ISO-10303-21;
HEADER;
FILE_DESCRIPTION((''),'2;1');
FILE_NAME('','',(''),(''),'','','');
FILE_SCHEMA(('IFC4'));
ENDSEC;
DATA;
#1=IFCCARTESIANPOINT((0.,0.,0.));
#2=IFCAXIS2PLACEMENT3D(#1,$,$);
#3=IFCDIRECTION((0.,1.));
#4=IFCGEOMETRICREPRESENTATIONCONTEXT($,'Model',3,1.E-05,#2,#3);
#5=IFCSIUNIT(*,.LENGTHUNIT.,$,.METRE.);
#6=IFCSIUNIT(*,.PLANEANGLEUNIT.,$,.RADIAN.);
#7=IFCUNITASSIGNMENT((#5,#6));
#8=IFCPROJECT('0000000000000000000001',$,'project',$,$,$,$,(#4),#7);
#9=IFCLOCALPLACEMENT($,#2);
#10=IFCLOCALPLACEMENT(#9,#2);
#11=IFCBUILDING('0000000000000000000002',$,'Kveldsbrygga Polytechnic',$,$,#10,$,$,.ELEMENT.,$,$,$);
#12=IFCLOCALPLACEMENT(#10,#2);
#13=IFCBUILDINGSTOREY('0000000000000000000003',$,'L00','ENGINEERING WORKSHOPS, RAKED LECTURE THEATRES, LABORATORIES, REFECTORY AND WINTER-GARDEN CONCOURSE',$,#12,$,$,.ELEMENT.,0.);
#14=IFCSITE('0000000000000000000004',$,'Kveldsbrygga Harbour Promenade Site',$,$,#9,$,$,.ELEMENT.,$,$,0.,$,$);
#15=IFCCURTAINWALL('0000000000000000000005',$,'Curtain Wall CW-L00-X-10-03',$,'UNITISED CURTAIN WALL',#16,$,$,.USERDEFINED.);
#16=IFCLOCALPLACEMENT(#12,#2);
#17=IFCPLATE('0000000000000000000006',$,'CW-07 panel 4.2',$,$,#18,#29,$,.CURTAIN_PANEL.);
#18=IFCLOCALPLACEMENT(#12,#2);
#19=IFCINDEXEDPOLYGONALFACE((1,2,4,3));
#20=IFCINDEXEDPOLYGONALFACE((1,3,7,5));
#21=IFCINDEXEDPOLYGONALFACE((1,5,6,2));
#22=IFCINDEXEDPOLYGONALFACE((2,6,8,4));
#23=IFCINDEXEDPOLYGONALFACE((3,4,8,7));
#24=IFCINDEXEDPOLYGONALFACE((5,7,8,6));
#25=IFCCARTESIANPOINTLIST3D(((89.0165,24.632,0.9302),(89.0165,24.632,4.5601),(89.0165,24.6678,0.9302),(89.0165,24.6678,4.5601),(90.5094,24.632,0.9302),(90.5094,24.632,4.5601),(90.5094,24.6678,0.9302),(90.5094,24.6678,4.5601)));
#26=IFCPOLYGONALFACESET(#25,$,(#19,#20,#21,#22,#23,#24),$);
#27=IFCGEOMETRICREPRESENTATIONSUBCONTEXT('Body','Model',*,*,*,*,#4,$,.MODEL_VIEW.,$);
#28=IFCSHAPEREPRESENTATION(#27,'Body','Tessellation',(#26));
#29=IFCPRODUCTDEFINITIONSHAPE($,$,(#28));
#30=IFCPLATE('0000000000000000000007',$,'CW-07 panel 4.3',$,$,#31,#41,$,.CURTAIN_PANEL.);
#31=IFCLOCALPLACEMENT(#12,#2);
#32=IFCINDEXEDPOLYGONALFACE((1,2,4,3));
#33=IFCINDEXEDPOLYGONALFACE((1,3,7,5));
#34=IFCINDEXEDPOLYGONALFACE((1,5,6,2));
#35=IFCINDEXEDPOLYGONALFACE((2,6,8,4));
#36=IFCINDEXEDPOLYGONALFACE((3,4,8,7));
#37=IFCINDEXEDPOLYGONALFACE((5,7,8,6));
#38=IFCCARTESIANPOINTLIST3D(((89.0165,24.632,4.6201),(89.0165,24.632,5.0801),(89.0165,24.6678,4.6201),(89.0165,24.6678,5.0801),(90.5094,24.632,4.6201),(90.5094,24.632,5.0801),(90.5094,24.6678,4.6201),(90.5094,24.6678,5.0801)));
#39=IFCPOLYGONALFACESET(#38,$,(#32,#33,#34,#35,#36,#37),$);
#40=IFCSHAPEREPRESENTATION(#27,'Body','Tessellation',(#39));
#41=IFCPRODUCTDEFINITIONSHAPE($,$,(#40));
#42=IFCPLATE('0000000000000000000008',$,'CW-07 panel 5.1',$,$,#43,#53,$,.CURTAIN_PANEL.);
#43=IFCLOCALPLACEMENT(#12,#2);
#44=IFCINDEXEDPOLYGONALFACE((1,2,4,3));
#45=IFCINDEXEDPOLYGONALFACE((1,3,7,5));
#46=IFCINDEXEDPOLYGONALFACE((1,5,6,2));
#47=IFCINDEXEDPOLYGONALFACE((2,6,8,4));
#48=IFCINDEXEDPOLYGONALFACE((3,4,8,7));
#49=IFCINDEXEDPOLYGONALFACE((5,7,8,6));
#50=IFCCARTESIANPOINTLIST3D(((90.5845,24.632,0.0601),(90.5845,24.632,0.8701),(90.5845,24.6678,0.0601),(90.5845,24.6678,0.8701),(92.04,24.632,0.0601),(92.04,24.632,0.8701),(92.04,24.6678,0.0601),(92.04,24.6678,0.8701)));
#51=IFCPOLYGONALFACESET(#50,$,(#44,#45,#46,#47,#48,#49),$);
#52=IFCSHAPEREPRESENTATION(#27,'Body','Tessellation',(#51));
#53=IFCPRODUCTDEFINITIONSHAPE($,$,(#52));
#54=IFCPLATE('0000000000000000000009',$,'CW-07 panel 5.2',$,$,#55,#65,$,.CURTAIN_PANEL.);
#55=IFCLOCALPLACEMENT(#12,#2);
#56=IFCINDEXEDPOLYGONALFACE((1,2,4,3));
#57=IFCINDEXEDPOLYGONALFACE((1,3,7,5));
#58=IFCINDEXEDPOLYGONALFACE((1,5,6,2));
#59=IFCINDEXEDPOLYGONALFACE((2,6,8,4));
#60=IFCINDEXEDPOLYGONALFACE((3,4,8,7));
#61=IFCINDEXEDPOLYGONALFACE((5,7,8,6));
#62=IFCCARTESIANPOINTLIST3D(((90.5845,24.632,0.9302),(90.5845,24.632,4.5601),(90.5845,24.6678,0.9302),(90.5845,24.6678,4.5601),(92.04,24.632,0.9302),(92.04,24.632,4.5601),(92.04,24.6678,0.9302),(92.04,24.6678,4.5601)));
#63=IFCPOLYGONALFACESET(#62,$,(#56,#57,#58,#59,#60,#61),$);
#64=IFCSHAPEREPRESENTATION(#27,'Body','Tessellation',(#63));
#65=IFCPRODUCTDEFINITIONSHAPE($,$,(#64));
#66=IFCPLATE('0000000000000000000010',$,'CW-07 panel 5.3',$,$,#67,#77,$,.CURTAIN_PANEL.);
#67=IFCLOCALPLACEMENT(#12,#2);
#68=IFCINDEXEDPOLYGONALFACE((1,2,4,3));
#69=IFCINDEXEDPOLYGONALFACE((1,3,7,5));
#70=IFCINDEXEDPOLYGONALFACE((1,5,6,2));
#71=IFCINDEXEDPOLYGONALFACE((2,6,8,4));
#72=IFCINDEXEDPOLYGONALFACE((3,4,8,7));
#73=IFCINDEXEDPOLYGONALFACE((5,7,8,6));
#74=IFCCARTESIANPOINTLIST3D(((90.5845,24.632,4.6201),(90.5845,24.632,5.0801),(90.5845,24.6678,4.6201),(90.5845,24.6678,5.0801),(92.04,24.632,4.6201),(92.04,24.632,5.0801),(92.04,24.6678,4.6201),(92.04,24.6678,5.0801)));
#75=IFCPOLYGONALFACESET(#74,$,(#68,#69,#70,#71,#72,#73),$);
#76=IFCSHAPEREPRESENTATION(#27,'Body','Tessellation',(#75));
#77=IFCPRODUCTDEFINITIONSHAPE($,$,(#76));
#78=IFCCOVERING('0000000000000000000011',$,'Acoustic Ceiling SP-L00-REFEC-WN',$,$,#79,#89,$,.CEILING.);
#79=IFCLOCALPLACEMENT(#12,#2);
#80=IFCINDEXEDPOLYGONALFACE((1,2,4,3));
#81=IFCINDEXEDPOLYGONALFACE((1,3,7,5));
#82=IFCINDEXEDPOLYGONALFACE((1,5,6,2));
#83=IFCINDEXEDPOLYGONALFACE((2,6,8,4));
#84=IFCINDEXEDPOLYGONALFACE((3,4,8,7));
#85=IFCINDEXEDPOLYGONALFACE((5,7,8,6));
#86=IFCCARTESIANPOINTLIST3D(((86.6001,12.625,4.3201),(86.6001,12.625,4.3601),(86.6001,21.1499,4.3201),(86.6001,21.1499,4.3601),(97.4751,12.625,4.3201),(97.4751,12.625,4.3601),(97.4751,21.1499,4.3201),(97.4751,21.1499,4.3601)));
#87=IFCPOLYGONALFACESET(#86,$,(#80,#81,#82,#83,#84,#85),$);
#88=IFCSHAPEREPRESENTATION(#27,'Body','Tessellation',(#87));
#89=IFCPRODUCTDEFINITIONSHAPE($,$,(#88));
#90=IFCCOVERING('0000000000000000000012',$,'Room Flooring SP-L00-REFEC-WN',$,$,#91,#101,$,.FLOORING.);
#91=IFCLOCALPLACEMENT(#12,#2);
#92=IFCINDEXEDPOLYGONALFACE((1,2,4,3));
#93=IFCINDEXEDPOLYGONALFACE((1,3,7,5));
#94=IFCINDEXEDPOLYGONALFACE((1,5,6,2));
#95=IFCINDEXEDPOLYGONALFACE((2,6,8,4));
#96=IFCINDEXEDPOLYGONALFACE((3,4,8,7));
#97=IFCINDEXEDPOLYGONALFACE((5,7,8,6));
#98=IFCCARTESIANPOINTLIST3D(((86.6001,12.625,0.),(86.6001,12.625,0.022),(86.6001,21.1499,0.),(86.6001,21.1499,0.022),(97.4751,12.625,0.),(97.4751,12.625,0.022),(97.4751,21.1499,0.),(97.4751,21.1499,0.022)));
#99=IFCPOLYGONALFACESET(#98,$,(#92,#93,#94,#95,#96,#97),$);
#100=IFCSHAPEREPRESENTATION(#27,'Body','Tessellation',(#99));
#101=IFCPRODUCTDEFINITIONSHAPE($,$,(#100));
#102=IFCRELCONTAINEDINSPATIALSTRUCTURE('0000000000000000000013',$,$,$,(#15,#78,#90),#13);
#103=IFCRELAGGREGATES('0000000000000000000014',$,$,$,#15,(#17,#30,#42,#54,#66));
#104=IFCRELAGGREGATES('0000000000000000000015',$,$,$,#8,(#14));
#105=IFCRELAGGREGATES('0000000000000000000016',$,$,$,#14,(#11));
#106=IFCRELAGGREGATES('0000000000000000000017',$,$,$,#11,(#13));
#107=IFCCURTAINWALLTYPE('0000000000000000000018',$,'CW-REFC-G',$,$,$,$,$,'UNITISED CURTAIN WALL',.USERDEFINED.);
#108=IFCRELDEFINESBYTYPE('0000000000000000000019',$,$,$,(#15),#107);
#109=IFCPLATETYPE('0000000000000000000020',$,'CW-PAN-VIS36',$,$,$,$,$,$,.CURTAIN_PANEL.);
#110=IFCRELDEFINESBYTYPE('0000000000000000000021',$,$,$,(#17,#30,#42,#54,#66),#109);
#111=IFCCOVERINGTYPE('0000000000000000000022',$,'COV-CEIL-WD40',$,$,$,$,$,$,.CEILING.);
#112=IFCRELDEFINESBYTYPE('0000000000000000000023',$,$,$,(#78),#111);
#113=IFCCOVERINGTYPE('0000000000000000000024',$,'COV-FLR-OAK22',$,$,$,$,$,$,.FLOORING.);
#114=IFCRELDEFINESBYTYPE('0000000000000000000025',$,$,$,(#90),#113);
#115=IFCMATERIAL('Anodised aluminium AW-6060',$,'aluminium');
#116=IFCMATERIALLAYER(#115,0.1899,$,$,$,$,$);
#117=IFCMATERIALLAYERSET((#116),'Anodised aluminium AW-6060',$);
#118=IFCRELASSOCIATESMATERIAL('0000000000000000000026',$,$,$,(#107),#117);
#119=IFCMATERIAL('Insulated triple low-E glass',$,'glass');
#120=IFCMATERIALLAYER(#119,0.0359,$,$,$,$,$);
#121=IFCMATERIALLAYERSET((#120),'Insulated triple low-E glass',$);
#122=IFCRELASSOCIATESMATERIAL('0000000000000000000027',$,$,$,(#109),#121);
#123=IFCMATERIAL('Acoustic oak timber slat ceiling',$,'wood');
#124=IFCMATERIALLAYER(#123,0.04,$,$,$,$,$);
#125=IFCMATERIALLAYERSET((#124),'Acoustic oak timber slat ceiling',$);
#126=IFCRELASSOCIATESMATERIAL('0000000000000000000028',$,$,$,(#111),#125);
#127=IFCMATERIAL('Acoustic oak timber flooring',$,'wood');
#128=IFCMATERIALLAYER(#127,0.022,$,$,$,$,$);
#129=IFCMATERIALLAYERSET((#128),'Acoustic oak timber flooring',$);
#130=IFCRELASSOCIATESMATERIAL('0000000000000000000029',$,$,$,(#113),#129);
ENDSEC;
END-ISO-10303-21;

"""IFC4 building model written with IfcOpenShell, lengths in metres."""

from ifc_helpers import new_model, si_unit, direction, frame, origin, origin_2d, place, context, subcontext, project, spatial, rectangle, extrude, material, layer, layer_set, type_object, element, aggregate, save


model = new_model("IFC4")

# Units and contexts
model_context = context("Model", 3, precision=1e-05, world=origin(), true_north=direction((0.0, 1.0)))
body_context = subcontext(model_context, "Body", "Model", "MODEL_VIEW")
ifc_project = project(units=[si_unit("LENGTHUNIT", "METRE"), si_unit("PLANEANGLEUNIT", "RADIAN")], contexts=[model_context])

# Site, building, storey
site_placement = place(None, origin())
site = spatial("IfcSite", under=ifc_project, at=site_placement, Name="Kveldsbrygga Harbour Promenade Site", CompositionType="ELEMENT", RefElevation=0.0)
building_placement = place(site_placement, origin())
building = spatial("IfcBuilding", under=site, at=building_placement, Name="Kveldsbrygga Polytechnic", CompositionType="ELEMENT")
storey_placement = place(building_placement, origin())
storey = spatial("IfcBuildingStorey", under=building, at=storey_placement, Name="L00", Description="ENGINEERING WORKSHOPS, RAKED LECTURE THEATRES, LABORATORIES, REFECTORY AND WINTER-GARDEN CONCOURSE", CompositionType="ELEMENT", Elevation=0.0)

# Curtain wall
ifc_material_1 = material(Name="Anodised aluminium AW-6060", Category="aluminium")
ifc_layer_1 = layer(ifc_material_1, 0.1899)
ifc_layer_set_1 = layer_set([ifc_layer_1], Name="Anodised aluminium AW-6060")
curtain_wall_type = type_object("IfcCurtainWallType", Name="CW-REFC-G", ElementType="UNITISED CURTAIN WALL", PredefinedType="USERDEFINED", material=ifc_layer_set_1)
curtain_wall_placement = place(storey_placement, origin())
curtain_wall = element("IfcCurtainWall", 1, at=curtain_wall_placement, inside=storey, type_object=curtain_wall_type, Name="Curtain Wall CW-L00-X-10-03", ObjectType="UNITISED CURTAIN WALL", PredefinedType="USERDEFINED")

# Plates
ifc_material_2 = material(Name="Insulated triple low-E glass", Category="glass")
ifc_layer_2 = layer(ifc_material_2, 0.0359)
ifc_layer_set_2 = layer_set([ifc_layer_2], Name="Insulated triple low-E glass")
plate_type = type_object("IfcPlateType", Name="CW-PAN-VIS36", PredefinedType="CURTAIN_PANEL", material=ifc_layer_set_2)
plate_1_placement = place(storey_placement, frame((89.7629, 24.6499, 0.9302), z_axis=(0.0, 0.0, 1.0), x_axis=(1.0, 0.0, 0.0)))
plate_1 = element("IfcPlate", 2, at=plate_1_placement, type_object=plate_type, Name="CW-07 panel 4.2", PredefinedType="CURTAIN_PANEL", context=body_context, shape_type="SweptSolid", body=[
    extrude(rectangle(XDim=1.4929, YDim=0.0359, at=origin_2d()), origin(), (0.0, 0.0, 1.0), 3.6299),
])
plate_2_placement = place(storey_placement, frame((89.7629, 24.6499, 4.6201), z_axis=(0.0, 0.0, 1.0), x_axis=(1.0, 0.0, 0.0)))
plate_2 = element("IfcPlate", 3, at=plate_2_placement, type_object=plate_type, Name="CW-07 panel 4.3", PredefinedType="CURTAIN_PANEL", context=body_context, shape_type="SweptSolid", body=[
    extrude(rectangle(XDim=1.4929, YDim=0.0359, at=origin_2d()), origin(), (0.0, 0.0, 1.0), 0.46),
])
plate_3_placement = place(storey_placement, frame((91.3123, 24.6499, 0.0601), z_axis=(0.0, 0.0, 1.0), x_axis=(1.0, 0.0, 0.0)))
plate_3 = element("IfcPlate", 4, at=plate_3_placement, type_object=plate_type, Name="CW-07 panel 5.1", PredefinedType="CURTAIN_PANEL", context=body_context, shape_type="SweptSolid", body=[
    extrude(rectangle(XDim=1.4556, YDim=0.0359, at=origin_2d()), origin(), (0.0, 0.0, 1.0), 0.8101),
])
plate_4_placement = place(storey_placement, frame((91.3123, 24.6499, 0.9302), z_axis=(0.0, 0.0, 1.0), x_axis=(1.0, 0.0, 0.0)))
plate_4 = element("IfcPlate", 5, at=plate_4_placement, type_object=plate_type, Name="CW-07 panel 5.2", PredefinedType="CURTAIN_PANEL", context=body_context, shape_type="SweptSolid", body=[
    extrude(rectangle(XDim=1.4556, YDim=0.0359, at=origin_2d()), origin(), (0.0, 0.0, 1.0), 3.6299),
])
plate_5_placement = place(storey_placement, frame((91.3123, 24.6499, 4.6201), z_axis=(0.0, 0.0, 1.0), x_axis=(1.0, 0.0, 0.0)))
plate_5 = element("IfcPlate", 6, at=plate_5_placement, type_object=plate_type, Name="CW-07 panel 5.3", PredefinedType="CURTAIN_PANEL", context=body_context, shape_type="SweptSolid", body=[
    extrude(rectangle(XDim=1.4556, YDim=0.0359, at=origin_2d()), origin(), (0.0, 0.0, 1.0), 0.46),
])
aggregate(curtain_wall, [plate_1, plate_2, plate_3, plate_4, plate_5])

# Coverings
ifc_material_3 = material(Name="Acoustic oak timber slat ceiling", Category="wood")
ifc_layer_3 = layer(ifc_material_3, 0.04)
ifc_layer_set_3 = layer_set([ifc_layer_3], Name="Acoustic oak timber slat ceiling")
covering_type_1 = type_object("IfcCoveringType", Name="COV-CEIL-WD40", PredefinedType="CEILING", material=ifc_layer_set_3)
covering_1_placement = place(storey_placement, frame((92.0376, 16.8875, 4.3201), z_axis=(0.0, 0.0, 1.0), x_axis=(1.0, 0.0, 0.0)))
element("IfcCovering", 7, at=covering_1_placement, inside=storey, type_object=covering_type_1, Name="Acoustic Ceiling SP-L00-REFEC-WN", PredefinedType="CEILING", context=body_context, shape_type="SweptSolid", body=[
    extrude(rectangle(XDim=10.875, YDim=8.5249, at=origin_2d()), origin(), (0.0, 0.0, 1.0), 0.04),
])
ifc_material_4 = material(Name="Acoustic oak timber flooring", Category="wood")
ifc_layer_4 = layer(ifc_material_4, 0.022)
ifc_layer_set_4 = layer_set([ifc_layer_4], Name="Acoustic oak timber flooring")
covering_type_2 = type_object("IfcCoveringType", Name="COV-FLR-OAK22", PredefinedType="FLOORING", material=ifc_layer_set_4)
covering_2_placement = place(storey_placement, frame((92.0376, 16.8875, 0.0), z_axis=(0.0, 0.0, 1.0), x_axis=(1.0, 0.0, 0.0)))
element("IfcCovering", 8, at=covering_2_placement, inside=storey, type_object=covering_type_2, Name="Room Flooring SP-L00-REFEC-WN", PredefinedType="FLOORING", context=body_context, shape_type="SweptSolid", body=[
    extrude(rectangle(XDim=10.875, YDim=8.5249, at=origin_2d()), origin(), (0.0, 0.0, 1.0), 0.022),
])

save(model, "model.ifc")
